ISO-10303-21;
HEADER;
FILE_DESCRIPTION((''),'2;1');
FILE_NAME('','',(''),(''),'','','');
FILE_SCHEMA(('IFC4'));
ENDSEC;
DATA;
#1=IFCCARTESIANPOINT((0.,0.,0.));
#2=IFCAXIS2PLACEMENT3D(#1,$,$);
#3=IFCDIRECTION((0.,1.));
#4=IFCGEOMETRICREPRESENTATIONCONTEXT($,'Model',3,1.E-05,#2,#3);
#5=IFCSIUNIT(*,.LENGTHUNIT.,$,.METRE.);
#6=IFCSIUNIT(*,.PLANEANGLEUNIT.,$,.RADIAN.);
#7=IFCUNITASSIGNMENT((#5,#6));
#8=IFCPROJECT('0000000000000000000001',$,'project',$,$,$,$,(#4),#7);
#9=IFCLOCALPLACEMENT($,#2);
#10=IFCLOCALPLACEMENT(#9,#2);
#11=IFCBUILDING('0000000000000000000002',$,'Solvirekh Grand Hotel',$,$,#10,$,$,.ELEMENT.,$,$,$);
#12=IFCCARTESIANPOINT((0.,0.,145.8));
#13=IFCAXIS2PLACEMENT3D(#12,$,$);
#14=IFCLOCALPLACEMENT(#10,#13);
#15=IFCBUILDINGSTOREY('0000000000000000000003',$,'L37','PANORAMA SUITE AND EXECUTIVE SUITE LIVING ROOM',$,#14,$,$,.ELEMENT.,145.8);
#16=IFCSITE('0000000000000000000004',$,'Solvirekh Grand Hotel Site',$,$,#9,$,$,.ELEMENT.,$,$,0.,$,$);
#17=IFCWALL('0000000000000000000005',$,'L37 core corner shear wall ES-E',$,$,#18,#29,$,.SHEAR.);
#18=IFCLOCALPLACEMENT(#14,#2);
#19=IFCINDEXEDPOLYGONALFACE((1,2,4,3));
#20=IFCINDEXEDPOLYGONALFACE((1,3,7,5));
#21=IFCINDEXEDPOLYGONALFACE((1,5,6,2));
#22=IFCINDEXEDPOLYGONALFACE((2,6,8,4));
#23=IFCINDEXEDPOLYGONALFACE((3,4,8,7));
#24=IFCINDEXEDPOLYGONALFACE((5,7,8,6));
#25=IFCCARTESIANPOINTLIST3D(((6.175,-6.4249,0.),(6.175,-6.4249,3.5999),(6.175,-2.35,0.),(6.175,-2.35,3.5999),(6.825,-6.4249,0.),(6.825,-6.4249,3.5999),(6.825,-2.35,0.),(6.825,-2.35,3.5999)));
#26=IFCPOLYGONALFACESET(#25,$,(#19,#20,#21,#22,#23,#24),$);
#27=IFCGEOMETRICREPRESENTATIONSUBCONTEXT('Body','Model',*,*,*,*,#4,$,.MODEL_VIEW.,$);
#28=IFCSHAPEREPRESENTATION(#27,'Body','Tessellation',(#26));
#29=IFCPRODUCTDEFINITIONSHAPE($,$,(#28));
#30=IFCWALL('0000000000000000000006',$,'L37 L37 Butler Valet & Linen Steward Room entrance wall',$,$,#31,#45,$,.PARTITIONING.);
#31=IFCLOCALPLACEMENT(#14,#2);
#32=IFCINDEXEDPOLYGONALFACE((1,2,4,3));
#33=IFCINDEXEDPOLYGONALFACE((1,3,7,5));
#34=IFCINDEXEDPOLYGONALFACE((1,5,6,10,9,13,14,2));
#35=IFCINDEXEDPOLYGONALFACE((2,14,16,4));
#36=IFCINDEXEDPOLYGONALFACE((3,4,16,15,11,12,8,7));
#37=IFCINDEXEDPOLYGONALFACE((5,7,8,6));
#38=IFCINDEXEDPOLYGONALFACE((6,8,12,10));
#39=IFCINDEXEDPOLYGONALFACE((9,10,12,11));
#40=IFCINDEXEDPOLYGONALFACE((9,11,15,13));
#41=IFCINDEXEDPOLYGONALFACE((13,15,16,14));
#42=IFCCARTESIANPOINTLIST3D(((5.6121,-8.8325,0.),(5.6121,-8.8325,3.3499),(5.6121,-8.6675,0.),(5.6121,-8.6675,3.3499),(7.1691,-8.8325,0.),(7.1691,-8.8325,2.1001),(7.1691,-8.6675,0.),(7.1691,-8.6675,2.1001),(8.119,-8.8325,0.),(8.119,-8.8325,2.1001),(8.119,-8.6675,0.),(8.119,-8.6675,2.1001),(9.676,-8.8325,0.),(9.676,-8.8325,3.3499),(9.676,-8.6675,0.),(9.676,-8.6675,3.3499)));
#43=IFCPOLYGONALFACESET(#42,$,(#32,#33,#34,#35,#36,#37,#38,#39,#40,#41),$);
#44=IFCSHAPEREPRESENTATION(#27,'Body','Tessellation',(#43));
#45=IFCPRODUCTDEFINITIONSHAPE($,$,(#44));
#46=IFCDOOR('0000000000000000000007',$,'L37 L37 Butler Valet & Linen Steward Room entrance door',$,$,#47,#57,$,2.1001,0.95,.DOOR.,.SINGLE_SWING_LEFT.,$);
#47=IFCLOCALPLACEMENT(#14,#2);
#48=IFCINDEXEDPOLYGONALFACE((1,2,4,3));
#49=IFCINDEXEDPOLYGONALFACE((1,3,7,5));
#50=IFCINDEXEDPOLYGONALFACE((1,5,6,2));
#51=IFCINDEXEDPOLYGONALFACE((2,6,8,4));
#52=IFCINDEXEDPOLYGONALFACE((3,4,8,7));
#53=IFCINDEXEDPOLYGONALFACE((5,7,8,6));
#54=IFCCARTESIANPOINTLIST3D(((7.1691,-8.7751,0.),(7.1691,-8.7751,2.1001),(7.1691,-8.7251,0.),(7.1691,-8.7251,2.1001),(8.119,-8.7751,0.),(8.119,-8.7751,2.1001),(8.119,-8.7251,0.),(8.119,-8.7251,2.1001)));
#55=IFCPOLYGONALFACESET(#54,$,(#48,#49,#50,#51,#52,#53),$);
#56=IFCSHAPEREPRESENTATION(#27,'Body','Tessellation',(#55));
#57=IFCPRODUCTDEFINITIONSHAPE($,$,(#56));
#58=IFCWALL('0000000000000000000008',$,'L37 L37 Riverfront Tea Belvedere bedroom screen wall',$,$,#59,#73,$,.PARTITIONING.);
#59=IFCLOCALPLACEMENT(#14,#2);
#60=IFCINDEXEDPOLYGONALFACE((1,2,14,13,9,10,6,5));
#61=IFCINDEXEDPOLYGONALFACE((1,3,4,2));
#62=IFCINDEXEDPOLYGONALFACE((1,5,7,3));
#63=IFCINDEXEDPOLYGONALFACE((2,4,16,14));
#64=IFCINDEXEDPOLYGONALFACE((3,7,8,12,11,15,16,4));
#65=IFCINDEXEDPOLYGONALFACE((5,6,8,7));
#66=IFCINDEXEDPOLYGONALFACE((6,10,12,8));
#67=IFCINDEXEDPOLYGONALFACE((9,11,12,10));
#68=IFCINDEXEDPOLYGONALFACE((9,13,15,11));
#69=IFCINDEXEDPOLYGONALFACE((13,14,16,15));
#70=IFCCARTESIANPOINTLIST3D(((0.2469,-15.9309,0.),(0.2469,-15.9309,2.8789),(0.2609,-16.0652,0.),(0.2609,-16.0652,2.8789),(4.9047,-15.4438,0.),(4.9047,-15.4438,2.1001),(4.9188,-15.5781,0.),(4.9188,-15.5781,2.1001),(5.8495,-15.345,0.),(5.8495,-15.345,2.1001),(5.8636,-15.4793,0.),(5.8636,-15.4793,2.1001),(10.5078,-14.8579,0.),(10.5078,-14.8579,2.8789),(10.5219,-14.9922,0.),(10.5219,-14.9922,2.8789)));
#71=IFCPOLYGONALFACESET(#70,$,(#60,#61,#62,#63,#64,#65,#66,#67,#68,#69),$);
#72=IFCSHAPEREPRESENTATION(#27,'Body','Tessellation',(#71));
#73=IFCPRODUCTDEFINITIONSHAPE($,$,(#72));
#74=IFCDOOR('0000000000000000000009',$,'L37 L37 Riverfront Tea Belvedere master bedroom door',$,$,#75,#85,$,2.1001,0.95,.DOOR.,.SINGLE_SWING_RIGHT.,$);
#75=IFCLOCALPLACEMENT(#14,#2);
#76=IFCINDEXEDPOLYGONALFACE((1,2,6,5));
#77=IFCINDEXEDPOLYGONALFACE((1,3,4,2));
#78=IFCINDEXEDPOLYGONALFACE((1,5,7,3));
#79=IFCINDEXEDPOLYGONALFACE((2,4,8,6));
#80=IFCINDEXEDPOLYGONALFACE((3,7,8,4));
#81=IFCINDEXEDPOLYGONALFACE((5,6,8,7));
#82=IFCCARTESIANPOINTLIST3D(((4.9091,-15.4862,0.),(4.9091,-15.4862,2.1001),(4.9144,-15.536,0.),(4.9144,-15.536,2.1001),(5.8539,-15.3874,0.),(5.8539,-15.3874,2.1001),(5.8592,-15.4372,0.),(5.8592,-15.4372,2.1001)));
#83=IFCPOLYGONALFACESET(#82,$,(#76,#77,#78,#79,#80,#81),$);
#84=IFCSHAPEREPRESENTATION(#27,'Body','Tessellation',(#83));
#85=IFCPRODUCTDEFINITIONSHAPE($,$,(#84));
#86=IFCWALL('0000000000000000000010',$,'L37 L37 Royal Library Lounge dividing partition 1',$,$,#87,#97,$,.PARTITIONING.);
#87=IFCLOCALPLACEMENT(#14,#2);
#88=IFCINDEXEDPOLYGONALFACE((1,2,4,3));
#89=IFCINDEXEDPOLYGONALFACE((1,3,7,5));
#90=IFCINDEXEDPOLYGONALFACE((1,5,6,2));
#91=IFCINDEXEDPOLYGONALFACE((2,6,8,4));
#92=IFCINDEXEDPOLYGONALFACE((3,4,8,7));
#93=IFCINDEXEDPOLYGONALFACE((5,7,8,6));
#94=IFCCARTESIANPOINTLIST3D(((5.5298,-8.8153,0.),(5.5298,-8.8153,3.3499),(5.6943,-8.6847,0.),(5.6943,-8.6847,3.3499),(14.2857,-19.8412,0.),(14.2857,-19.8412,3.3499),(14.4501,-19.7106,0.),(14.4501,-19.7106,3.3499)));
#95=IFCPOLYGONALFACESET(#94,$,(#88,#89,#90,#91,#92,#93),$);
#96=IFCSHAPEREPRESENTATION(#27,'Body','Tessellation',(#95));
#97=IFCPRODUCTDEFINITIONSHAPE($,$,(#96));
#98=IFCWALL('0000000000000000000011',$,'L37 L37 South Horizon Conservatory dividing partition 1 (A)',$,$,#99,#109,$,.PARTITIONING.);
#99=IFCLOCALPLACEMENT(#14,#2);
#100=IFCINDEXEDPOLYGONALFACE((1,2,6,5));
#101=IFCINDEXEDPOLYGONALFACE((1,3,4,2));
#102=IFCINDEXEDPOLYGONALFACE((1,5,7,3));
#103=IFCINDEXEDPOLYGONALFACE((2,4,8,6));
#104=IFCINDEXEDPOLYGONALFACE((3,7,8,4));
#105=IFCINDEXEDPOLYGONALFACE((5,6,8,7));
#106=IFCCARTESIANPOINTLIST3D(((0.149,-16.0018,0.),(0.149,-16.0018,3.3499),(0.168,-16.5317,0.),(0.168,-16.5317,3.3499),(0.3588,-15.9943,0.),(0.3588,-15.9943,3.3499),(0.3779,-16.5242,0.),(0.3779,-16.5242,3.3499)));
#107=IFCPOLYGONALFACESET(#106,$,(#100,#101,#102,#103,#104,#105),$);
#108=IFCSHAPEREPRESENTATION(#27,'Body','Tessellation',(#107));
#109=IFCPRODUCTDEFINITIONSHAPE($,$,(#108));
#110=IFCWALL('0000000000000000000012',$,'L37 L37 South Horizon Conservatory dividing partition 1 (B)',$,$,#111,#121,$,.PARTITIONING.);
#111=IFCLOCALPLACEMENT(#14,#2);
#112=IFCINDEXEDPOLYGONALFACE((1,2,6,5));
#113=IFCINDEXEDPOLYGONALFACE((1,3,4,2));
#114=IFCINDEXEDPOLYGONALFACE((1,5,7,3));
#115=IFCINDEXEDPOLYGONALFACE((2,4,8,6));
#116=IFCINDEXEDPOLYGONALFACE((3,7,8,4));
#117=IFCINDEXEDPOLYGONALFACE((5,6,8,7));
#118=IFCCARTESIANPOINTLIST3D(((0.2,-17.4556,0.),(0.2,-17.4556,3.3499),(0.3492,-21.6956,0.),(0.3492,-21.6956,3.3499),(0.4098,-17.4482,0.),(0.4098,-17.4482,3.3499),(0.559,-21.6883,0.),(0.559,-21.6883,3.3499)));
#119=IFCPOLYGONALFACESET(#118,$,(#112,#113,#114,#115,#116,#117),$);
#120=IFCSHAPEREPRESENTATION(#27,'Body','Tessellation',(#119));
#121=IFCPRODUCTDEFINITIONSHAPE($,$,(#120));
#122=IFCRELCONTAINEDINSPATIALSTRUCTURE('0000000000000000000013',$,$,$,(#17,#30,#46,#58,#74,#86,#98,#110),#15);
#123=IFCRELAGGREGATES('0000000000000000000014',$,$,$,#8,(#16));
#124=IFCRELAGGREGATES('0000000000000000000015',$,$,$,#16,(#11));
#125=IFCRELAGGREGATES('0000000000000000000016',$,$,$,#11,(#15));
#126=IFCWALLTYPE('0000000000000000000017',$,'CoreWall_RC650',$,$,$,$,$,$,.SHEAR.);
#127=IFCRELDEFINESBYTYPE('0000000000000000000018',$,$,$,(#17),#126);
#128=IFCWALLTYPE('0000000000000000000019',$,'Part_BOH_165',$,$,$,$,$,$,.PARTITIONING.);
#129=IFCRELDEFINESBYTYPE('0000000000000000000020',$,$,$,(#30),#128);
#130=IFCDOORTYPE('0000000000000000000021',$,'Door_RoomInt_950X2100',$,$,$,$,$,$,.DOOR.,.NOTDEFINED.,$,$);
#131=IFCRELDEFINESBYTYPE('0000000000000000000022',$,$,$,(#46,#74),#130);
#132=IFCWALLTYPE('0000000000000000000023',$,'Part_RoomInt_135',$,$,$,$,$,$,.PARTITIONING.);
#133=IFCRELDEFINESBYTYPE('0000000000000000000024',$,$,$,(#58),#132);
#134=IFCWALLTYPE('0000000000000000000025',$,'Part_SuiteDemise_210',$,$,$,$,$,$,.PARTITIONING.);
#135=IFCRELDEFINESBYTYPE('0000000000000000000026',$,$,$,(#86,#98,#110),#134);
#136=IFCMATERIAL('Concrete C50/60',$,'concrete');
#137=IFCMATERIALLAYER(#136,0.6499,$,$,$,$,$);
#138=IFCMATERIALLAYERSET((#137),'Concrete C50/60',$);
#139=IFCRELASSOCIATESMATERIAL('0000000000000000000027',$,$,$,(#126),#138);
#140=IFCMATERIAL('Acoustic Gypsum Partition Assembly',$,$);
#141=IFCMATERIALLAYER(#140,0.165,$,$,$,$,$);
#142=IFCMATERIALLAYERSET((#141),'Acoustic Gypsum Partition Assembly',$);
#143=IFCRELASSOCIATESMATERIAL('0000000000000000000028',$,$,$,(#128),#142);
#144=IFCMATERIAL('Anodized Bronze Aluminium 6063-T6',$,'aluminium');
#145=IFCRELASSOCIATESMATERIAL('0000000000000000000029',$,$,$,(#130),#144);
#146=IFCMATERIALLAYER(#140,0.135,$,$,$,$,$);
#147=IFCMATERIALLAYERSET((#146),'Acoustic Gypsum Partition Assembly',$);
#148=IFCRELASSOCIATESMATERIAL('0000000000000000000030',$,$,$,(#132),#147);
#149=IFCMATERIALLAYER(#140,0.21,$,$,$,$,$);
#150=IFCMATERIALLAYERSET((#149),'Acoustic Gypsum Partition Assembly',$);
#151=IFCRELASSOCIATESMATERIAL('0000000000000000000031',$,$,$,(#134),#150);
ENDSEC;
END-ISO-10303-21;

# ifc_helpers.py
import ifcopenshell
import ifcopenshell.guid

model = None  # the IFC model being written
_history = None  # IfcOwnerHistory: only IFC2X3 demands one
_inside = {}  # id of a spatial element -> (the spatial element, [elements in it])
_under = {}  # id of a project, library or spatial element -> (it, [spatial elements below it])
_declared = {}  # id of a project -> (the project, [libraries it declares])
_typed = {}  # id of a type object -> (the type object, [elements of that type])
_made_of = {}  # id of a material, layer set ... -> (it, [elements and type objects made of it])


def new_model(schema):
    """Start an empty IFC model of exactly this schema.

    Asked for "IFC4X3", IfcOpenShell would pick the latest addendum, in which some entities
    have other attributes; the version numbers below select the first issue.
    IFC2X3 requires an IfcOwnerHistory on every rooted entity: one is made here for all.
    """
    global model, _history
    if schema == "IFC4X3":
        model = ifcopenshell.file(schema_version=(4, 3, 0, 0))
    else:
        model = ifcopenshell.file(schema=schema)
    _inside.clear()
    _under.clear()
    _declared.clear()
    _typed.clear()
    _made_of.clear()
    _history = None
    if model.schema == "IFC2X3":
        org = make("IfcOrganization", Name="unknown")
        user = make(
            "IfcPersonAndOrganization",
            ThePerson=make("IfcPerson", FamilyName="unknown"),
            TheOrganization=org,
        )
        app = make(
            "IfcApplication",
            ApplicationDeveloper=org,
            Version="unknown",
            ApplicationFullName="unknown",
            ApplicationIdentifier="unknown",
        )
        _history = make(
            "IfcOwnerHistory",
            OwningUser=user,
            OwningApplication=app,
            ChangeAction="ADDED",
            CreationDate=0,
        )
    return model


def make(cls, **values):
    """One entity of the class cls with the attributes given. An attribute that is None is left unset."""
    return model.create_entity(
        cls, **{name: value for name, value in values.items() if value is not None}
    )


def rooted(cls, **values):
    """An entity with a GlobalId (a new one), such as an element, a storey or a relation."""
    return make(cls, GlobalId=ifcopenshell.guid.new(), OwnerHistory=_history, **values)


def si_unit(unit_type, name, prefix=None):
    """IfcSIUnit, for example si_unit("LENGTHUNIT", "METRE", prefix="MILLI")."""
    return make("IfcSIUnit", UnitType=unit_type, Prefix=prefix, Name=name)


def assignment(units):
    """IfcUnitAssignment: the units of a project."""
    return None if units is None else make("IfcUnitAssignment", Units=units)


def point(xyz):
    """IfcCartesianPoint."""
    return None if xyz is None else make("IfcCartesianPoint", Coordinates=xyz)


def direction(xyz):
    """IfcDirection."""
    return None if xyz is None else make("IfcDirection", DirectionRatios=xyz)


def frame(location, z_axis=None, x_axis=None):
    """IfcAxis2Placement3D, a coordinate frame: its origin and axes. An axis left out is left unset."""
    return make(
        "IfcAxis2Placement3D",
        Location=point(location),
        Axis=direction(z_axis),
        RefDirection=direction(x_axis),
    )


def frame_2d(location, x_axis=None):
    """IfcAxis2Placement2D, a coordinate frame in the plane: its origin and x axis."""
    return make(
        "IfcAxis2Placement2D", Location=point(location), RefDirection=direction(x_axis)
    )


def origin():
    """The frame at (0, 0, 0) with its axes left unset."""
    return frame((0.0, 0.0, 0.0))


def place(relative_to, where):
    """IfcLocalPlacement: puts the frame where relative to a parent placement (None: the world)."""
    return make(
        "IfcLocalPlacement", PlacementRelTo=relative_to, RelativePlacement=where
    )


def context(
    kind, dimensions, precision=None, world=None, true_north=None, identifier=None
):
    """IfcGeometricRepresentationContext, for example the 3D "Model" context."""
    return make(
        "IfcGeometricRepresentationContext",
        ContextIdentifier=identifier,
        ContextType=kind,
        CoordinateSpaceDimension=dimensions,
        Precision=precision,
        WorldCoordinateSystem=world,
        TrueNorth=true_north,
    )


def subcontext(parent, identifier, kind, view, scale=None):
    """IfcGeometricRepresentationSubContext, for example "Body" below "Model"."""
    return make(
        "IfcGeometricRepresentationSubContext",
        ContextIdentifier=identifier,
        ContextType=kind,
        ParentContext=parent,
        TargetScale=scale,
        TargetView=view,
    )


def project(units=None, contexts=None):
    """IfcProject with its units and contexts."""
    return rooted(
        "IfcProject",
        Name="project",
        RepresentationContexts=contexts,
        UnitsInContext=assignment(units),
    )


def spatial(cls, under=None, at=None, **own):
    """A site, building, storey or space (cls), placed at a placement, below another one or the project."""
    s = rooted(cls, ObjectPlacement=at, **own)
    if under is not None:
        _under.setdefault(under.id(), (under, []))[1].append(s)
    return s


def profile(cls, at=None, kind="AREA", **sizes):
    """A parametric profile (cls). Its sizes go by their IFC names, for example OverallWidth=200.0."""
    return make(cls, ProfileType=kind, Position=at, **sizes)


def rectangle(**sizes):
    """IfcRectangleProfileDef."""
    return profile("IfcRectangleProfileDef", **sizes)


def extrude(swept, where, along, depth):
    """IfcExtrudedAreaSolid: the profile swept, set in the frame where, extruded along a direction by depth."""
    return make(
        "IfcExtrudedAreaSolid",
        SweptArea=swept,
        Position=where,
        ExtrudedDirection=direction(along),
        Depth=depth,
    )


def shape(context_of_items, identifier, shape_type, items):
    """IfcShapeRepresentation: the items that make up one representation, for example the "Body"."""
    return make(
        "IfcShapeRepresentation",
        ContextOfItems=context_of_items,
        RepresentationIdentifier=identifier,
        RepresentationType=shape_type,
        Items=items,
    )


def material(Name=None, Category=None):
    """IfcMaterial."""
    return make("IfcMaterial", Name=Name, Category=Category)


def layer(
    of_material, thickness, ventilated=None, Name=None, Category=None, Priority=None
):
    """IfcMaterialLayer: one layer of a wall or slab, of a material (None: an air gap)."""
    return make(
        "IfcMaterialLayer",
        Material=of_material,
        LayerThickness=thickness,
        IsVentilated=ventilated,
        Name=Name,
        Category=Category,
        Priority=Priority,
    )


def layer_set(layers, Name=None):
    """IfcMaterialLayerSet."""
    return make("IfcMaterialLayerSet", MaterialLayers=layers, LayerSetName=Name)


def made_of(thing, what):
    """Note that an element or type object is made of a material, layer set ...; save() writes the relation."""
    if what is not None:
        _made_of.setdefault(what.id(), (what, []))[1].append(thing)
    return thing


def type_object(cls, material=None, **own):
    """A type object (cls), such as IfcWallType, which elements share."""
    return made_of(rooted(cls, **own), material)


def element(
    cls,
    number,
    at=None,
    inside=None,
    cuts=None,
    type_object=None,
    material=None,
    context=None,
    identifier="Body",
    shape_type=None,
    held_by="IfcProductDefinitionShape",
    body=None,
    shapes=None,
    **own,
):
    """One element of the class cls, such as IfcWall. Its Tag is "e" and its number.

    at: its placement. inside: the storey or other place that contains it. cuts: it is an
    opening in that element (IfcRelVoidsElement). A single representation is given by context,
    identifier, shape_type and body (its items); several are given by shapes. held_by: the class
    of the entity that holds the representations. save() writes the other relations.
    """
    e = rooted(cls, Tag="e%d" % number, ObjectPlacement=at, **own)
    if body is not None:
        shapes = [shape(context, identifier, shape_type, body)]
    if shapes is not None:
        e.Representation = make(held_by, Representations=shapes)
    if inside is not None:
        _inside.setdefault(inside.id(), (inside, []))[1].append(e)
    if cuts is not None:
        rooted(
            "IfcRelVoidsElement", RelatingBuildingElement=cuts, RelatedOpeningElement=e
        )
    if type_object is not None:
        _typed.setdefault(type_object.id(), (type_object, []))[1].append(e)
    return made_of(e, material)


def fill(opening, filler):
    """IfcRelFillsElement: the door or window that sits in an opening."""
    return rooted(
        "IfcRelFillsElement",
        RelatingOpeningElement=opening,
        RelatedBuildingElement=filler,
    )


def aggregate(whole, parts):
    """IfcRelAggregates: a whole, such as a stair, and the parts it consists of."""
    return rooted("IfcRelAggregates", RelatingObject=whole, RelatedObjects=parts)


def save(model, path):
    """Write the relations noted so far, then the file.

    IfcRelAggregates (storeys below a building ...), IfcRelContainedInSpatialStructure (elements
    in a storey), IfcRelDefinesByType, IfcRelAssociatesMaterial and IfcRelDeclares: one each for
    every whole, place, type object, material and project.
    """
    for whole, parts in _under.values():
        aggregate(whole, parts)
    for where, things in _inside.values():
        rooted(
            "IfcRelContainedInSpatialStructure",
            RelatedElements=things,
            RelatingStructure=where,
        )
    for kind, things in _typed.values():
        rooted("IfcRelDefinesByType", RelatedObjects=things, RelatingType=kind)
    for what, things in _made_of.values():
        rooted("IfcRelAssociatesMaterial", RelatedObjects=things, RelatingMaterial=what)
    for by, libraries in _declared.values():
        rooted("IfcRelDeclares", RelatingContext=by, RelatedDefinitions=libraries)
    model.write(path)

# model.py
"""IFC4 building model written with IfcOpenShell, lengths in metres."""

from ifc_helpers import new_model, si_unit, direction, frame, frame_2d, origin, place, context, subcontext, project, spatial, rectangle, extrude, material, layer, layer_set, type_object, element, fill, save


model = new_model("IFC4")

# Units and contexts
model_context = context("Model", 3, precision=1e-05, world=origin(), true_north=direction((0.0, 1.0)))
body_context = subcontext(model_context, "Body", "Model", "MODEL_VIEW")
ifc_project = project(units=[si_unit("LENGTHUNIT", "METRE"), si_unit("PLANEANGLEUNIT", "RADIAN")], contexts=[model_context])

# Site, building, storey
site_placement = place(None, origin())
site = spatial("IfcSite", under=ifc_project, at=site_placement, Name="Solvirekh Grand Hotel Site", CompositionType="ELEMENT", RefElevation=0.0)
building_placement = place(site_placement, origin())
building = spatial("IfcBuilding", under=site, at=building_placement, Name="Solvirekh Grand Hotel", CompositionType="ELEMENT")
storey_placement = place(building_placement, frame((0.0, 0.0, 145.8)))
storey = spatial("IfcBuildingStorey", under=building, at=storey_placement, Name="L37", Description="PANORAMA SUITE AND EXECUTIVE SUITE LIVING ROOM", CompositionType="ELEMENT", Elevation=145.8)

# Shared definitions
ifc_material_1 = material(Name="Concrete C50/60", Category="concrete")

# Shared definitions
ifc_material_2 = material(Name="Anodized Bronze Aluminium 6063-T6", Category="aluminium")

# Wall
ifc_layer_1 = layer(ifc_material_1, 0.6499)
ifc_layer_set_1 = layer_set([ifc_layer_1], Name="Concrete C50/60")
wall_type_1 = type_object("IfcWallType", Name="CoreWall_RC650", PredefinedType="SHEAR", material=ifc_layer_set_1)
wall_1_placement = place(storey_placement, frame((6.5, -6.425, 0.0), z_axis=(0.0, 0.0, 1.0), x_axis=(0.0, 1.0, 0.0)))
element("IfcWall", 1, at=wall_1_placement, inside=storey, type_object=wall_type_1, Name="L37 core corner shear wall ES-E", PredefinedType="SHEAR", context=body_context, shape_type="SweptSolid", body=[
    extrude(rectangle(XDim=4.075, YDim=0.6499, at=frame_2d((2.0376, 0.0))), origin(), (0.0, 0.0, 1.0), 3.5999),
])

# Walls, openings, doors
ifc_material_3 = material(Name="Acoustic Gypsum Partition Assembly")
ifc_layer_2 = layer(ifc_material_3, 0.165)
ifc_layer_set_2 = layer_set([ifc_layer_2], Name="Acoustic Gypsum Partition Assembly")
wall_type_2 = type_object("IfcWallType", Name="Part_BOH_165", PredefinedType="PARTITIONING", material=ifc_layer_set_2)
wall_2_placement = place(storey_placement, frame((5.6121, -8.75, 0.0), z_axis=(0.0, 0.0, 1.0), x_axis=(1.0, 0.0, 0.0)))
wall_2 = element("IfcWall", 2, at=wall_2_placement, inside=storey, type_object=wall_type_2, Name="L37 L37 Butler Valet & Linen Steward Room entrance wall", PredefinedType="PARTITIONING", context=body_context, shape_type="SweptSolid", body=[
    extrude(rectangle(XDim=4.064, YDim=0.165, at=frame_2d((2.032, 0.0))), origin(), (0.0, 0.0, 1.0), 3.3499),
])
opening_1_placement = place(wall_2_placement, frame((1.5569, 0.0, 0.0)))
opening_1 = element("IfcOpeningElement", 3, at=opening_1_placement, cuts=wall_2, PredefinedType="OPENING", context=body_context, shape_type="SweptSolid", body=[
    extrude(rectangle(XDim=0.95, YDim=2.1001, at=frame_2d((0.4751, 1.05))), frame((0.0, 0.0925, 0.0), z_axis=(0.0, -1.0, 0.0), x_axis=(1.0, 0.0, 0.0)), (0.0, 0.0, 1.0), 0.1851),
])
door_type = type_object("IfcDoorType", Name="Door_RoomInt_950X2100", OperationType="NOTDEFINED", PredefinedType="DOOR", material=ifc_material_2)
door_1_placement = place(opening_1_placement, origin())
door_1 = element("IfcDoor", 4, at=door_1_placement, inside=storey, type_object=door_type, Name="L37 L37 Butler Valet & Linen Steward Room entrance door", OperationType="SINGLE_SWING_LEFT", OverallHeight=2.1001, OverallWidth=0.95, PredefinedType="DOOR", context=body_context, shape_type="SweptSolid", body=[
    extrude(rectangle(XDim=0.95, YDim=2.1001, at=frame_2d((0.4751, 1.05))), frame((0.0, 0.0249, 0.0), z_axis=(0.0, -1.0, 0.0), x_axis=(1.0, 0.0, 0.0)), (0.0, 0.0, 1.0), 0.05),
])
fill(opening_1, door_1)
ifc_layer_3 = layer(ifc_material_3, 0.135)
ifc_layer_set_3 = layer_set([ifc_layer_3], Name="Acoustic Gypsum Partition Assembly")
wall_type_3 = type_object("IfcWallType", Name="Part_RoomInt_135", PredefinedType="PARTITIONING", material=ifc_layer_set_3)
wall_3_placement = place(storey_placement, frame((0.2539, -15.998, 0.0), z_axis=(0.0, 0.0, 1.0), x_axis=(0.994577, 0.104004, 0.0)))
wall_3 = element("IfcWall", 5, at=wall_3_placement, inside=storey, type_object=wall_type_3, Name="L37 L37 Riverfront Tea Belvedere bedroom screen wall", PredefinedType="PARTITIONING", context=body_context, shape_type="SweptSolid", body=[
    extrude(rectangle(XDim=10.3169, YDim=0.135, at=frame_2d((5.1584, 0.0))), origin(), (0.0, 0.0, 1.0), 2.8789),
])
opening_2_placement = place(wall_3_placement, frame((4.6831, 0.0, 0.0)))
opening_2 = element("IfcOpeningElement", 6, at=opening_2_placement, cuts=wall_3, PredefinedType="OPENING", context=body_context, shape_type="SweptSolid", body=[
    extrude(rectangle(XDim=0.95, YDim=2.1001, at=frame_2d((0.4751, 1.05))), frame((0.0, 0.0776, 0.0), z_axis=(0.0, -1.0, 0.0), x_axis=(1.0, 0.0, 0.0)), (0.0, 0.0, 1.0), 0.155),
])
door_2_placement = place(opening_2_placement, origin())
door_2 = element("IfcDoor", 7, at=door_2_placement, inside=storey, type_object=door_type, Name="L37 L37 Riverfront Tea Belvedere master bedroom door", OperationType="SINGLE_SWING_RIGHT", OverallHeight=2.1001, OverallWidth=0.95, PredefinedType="DOOR", context=body_context, shape_type="SweptSolid", body=[
    extrude(rectangle(XDim=0.95, YDim=2.1001, at=frame_2d((0.4751, 1.05))), frame((0.0, 0.0249, 0.0), z_axis=(0.0, -1.0, 0.0), x_axis=(1.0, 0.0, 0.0)), (0.0, 0.0, 1.0), 0.05),
])
fill(opening_2, door_2)

# Walls
ifc_layer_4 = layer(ifc_material_3, 0.21)
ifc_layer_set_4 = layer_set([ifc_layer_4], Name="Acoustic Gypsum Partition Assembly")
wall_type_4 = type_object("IfcWallType", Name="Part_SuiteDemise_210", PredefinedType="PARTITIONING", material=ifc_layer_set_4)
wall_4_placement = place(storey_placement, frame((5.6121, -8.75, 0.0), z_axis=(0.0, 0.0, 1.0), x_axis=(0.621883, -0.78311, 0.0)))
element("IfcWall", 8, at=wall_4_placement, inside=storey, type_object=wall_type_4, Name="L37 L37 Royal Library Lounge dividing partition 1", PredefinedType="PARTITIONING", context=body_context, shape_type="SweptSolid", body=[
    extrude(rectangle(XDim=14.0796, YDim=0.21, at=frame_2d((7.0398, 0.0))), origin(), (0.0, 0.0, 1.0), 3.3499),
])
wall_5_placement = place(storey_placement, frame((0.2539, -15.998, 0.0), z_axis=(0.0, 0.0, 1.0), x_axis=(0.035905, -0.999355, 0.0)))
element("IfcWall", 9, at=wall_5_placement, inside=storey, type_object=wall_type_4, Name="L37 L37 South Horizon Conservatory dividing partition 1 (A)", PredefinedType="PARTITIONING", context=body_context, shape_type="SweptSolid", body=[
    extrude(rectangle(XDim=0.5303, YDim=0.21, at=frame_2d((0.2651, 0.0))), origin(), (0.0, 0.0, 1.0), 3.3499),
])
wall_6_placement = place(storey_placement, frame((0.3049, -17.4519, 0.0), z_axis=(0.0, 0.0, 1.0), x_axis=(0.03516, -0.999382, 0.0)))
element("IfcWall", 10, at=wall_6_placement, inside=storey, type_object=wall_type_4, Name="L37 L37 South Horizon Conservatory dividing partition 1 (B)", PredefinedType="PARTITIONING", context=body_context, shape_type="SweptSolid", body=[
    extrude(rectangle(XDim=4.2427, YDim=0.21, at=frame_2d((2.1213, 0.0))), origin(), (0.0, 0.0, 1.0), 3.3499),
])

save(model, "model.ifc")
